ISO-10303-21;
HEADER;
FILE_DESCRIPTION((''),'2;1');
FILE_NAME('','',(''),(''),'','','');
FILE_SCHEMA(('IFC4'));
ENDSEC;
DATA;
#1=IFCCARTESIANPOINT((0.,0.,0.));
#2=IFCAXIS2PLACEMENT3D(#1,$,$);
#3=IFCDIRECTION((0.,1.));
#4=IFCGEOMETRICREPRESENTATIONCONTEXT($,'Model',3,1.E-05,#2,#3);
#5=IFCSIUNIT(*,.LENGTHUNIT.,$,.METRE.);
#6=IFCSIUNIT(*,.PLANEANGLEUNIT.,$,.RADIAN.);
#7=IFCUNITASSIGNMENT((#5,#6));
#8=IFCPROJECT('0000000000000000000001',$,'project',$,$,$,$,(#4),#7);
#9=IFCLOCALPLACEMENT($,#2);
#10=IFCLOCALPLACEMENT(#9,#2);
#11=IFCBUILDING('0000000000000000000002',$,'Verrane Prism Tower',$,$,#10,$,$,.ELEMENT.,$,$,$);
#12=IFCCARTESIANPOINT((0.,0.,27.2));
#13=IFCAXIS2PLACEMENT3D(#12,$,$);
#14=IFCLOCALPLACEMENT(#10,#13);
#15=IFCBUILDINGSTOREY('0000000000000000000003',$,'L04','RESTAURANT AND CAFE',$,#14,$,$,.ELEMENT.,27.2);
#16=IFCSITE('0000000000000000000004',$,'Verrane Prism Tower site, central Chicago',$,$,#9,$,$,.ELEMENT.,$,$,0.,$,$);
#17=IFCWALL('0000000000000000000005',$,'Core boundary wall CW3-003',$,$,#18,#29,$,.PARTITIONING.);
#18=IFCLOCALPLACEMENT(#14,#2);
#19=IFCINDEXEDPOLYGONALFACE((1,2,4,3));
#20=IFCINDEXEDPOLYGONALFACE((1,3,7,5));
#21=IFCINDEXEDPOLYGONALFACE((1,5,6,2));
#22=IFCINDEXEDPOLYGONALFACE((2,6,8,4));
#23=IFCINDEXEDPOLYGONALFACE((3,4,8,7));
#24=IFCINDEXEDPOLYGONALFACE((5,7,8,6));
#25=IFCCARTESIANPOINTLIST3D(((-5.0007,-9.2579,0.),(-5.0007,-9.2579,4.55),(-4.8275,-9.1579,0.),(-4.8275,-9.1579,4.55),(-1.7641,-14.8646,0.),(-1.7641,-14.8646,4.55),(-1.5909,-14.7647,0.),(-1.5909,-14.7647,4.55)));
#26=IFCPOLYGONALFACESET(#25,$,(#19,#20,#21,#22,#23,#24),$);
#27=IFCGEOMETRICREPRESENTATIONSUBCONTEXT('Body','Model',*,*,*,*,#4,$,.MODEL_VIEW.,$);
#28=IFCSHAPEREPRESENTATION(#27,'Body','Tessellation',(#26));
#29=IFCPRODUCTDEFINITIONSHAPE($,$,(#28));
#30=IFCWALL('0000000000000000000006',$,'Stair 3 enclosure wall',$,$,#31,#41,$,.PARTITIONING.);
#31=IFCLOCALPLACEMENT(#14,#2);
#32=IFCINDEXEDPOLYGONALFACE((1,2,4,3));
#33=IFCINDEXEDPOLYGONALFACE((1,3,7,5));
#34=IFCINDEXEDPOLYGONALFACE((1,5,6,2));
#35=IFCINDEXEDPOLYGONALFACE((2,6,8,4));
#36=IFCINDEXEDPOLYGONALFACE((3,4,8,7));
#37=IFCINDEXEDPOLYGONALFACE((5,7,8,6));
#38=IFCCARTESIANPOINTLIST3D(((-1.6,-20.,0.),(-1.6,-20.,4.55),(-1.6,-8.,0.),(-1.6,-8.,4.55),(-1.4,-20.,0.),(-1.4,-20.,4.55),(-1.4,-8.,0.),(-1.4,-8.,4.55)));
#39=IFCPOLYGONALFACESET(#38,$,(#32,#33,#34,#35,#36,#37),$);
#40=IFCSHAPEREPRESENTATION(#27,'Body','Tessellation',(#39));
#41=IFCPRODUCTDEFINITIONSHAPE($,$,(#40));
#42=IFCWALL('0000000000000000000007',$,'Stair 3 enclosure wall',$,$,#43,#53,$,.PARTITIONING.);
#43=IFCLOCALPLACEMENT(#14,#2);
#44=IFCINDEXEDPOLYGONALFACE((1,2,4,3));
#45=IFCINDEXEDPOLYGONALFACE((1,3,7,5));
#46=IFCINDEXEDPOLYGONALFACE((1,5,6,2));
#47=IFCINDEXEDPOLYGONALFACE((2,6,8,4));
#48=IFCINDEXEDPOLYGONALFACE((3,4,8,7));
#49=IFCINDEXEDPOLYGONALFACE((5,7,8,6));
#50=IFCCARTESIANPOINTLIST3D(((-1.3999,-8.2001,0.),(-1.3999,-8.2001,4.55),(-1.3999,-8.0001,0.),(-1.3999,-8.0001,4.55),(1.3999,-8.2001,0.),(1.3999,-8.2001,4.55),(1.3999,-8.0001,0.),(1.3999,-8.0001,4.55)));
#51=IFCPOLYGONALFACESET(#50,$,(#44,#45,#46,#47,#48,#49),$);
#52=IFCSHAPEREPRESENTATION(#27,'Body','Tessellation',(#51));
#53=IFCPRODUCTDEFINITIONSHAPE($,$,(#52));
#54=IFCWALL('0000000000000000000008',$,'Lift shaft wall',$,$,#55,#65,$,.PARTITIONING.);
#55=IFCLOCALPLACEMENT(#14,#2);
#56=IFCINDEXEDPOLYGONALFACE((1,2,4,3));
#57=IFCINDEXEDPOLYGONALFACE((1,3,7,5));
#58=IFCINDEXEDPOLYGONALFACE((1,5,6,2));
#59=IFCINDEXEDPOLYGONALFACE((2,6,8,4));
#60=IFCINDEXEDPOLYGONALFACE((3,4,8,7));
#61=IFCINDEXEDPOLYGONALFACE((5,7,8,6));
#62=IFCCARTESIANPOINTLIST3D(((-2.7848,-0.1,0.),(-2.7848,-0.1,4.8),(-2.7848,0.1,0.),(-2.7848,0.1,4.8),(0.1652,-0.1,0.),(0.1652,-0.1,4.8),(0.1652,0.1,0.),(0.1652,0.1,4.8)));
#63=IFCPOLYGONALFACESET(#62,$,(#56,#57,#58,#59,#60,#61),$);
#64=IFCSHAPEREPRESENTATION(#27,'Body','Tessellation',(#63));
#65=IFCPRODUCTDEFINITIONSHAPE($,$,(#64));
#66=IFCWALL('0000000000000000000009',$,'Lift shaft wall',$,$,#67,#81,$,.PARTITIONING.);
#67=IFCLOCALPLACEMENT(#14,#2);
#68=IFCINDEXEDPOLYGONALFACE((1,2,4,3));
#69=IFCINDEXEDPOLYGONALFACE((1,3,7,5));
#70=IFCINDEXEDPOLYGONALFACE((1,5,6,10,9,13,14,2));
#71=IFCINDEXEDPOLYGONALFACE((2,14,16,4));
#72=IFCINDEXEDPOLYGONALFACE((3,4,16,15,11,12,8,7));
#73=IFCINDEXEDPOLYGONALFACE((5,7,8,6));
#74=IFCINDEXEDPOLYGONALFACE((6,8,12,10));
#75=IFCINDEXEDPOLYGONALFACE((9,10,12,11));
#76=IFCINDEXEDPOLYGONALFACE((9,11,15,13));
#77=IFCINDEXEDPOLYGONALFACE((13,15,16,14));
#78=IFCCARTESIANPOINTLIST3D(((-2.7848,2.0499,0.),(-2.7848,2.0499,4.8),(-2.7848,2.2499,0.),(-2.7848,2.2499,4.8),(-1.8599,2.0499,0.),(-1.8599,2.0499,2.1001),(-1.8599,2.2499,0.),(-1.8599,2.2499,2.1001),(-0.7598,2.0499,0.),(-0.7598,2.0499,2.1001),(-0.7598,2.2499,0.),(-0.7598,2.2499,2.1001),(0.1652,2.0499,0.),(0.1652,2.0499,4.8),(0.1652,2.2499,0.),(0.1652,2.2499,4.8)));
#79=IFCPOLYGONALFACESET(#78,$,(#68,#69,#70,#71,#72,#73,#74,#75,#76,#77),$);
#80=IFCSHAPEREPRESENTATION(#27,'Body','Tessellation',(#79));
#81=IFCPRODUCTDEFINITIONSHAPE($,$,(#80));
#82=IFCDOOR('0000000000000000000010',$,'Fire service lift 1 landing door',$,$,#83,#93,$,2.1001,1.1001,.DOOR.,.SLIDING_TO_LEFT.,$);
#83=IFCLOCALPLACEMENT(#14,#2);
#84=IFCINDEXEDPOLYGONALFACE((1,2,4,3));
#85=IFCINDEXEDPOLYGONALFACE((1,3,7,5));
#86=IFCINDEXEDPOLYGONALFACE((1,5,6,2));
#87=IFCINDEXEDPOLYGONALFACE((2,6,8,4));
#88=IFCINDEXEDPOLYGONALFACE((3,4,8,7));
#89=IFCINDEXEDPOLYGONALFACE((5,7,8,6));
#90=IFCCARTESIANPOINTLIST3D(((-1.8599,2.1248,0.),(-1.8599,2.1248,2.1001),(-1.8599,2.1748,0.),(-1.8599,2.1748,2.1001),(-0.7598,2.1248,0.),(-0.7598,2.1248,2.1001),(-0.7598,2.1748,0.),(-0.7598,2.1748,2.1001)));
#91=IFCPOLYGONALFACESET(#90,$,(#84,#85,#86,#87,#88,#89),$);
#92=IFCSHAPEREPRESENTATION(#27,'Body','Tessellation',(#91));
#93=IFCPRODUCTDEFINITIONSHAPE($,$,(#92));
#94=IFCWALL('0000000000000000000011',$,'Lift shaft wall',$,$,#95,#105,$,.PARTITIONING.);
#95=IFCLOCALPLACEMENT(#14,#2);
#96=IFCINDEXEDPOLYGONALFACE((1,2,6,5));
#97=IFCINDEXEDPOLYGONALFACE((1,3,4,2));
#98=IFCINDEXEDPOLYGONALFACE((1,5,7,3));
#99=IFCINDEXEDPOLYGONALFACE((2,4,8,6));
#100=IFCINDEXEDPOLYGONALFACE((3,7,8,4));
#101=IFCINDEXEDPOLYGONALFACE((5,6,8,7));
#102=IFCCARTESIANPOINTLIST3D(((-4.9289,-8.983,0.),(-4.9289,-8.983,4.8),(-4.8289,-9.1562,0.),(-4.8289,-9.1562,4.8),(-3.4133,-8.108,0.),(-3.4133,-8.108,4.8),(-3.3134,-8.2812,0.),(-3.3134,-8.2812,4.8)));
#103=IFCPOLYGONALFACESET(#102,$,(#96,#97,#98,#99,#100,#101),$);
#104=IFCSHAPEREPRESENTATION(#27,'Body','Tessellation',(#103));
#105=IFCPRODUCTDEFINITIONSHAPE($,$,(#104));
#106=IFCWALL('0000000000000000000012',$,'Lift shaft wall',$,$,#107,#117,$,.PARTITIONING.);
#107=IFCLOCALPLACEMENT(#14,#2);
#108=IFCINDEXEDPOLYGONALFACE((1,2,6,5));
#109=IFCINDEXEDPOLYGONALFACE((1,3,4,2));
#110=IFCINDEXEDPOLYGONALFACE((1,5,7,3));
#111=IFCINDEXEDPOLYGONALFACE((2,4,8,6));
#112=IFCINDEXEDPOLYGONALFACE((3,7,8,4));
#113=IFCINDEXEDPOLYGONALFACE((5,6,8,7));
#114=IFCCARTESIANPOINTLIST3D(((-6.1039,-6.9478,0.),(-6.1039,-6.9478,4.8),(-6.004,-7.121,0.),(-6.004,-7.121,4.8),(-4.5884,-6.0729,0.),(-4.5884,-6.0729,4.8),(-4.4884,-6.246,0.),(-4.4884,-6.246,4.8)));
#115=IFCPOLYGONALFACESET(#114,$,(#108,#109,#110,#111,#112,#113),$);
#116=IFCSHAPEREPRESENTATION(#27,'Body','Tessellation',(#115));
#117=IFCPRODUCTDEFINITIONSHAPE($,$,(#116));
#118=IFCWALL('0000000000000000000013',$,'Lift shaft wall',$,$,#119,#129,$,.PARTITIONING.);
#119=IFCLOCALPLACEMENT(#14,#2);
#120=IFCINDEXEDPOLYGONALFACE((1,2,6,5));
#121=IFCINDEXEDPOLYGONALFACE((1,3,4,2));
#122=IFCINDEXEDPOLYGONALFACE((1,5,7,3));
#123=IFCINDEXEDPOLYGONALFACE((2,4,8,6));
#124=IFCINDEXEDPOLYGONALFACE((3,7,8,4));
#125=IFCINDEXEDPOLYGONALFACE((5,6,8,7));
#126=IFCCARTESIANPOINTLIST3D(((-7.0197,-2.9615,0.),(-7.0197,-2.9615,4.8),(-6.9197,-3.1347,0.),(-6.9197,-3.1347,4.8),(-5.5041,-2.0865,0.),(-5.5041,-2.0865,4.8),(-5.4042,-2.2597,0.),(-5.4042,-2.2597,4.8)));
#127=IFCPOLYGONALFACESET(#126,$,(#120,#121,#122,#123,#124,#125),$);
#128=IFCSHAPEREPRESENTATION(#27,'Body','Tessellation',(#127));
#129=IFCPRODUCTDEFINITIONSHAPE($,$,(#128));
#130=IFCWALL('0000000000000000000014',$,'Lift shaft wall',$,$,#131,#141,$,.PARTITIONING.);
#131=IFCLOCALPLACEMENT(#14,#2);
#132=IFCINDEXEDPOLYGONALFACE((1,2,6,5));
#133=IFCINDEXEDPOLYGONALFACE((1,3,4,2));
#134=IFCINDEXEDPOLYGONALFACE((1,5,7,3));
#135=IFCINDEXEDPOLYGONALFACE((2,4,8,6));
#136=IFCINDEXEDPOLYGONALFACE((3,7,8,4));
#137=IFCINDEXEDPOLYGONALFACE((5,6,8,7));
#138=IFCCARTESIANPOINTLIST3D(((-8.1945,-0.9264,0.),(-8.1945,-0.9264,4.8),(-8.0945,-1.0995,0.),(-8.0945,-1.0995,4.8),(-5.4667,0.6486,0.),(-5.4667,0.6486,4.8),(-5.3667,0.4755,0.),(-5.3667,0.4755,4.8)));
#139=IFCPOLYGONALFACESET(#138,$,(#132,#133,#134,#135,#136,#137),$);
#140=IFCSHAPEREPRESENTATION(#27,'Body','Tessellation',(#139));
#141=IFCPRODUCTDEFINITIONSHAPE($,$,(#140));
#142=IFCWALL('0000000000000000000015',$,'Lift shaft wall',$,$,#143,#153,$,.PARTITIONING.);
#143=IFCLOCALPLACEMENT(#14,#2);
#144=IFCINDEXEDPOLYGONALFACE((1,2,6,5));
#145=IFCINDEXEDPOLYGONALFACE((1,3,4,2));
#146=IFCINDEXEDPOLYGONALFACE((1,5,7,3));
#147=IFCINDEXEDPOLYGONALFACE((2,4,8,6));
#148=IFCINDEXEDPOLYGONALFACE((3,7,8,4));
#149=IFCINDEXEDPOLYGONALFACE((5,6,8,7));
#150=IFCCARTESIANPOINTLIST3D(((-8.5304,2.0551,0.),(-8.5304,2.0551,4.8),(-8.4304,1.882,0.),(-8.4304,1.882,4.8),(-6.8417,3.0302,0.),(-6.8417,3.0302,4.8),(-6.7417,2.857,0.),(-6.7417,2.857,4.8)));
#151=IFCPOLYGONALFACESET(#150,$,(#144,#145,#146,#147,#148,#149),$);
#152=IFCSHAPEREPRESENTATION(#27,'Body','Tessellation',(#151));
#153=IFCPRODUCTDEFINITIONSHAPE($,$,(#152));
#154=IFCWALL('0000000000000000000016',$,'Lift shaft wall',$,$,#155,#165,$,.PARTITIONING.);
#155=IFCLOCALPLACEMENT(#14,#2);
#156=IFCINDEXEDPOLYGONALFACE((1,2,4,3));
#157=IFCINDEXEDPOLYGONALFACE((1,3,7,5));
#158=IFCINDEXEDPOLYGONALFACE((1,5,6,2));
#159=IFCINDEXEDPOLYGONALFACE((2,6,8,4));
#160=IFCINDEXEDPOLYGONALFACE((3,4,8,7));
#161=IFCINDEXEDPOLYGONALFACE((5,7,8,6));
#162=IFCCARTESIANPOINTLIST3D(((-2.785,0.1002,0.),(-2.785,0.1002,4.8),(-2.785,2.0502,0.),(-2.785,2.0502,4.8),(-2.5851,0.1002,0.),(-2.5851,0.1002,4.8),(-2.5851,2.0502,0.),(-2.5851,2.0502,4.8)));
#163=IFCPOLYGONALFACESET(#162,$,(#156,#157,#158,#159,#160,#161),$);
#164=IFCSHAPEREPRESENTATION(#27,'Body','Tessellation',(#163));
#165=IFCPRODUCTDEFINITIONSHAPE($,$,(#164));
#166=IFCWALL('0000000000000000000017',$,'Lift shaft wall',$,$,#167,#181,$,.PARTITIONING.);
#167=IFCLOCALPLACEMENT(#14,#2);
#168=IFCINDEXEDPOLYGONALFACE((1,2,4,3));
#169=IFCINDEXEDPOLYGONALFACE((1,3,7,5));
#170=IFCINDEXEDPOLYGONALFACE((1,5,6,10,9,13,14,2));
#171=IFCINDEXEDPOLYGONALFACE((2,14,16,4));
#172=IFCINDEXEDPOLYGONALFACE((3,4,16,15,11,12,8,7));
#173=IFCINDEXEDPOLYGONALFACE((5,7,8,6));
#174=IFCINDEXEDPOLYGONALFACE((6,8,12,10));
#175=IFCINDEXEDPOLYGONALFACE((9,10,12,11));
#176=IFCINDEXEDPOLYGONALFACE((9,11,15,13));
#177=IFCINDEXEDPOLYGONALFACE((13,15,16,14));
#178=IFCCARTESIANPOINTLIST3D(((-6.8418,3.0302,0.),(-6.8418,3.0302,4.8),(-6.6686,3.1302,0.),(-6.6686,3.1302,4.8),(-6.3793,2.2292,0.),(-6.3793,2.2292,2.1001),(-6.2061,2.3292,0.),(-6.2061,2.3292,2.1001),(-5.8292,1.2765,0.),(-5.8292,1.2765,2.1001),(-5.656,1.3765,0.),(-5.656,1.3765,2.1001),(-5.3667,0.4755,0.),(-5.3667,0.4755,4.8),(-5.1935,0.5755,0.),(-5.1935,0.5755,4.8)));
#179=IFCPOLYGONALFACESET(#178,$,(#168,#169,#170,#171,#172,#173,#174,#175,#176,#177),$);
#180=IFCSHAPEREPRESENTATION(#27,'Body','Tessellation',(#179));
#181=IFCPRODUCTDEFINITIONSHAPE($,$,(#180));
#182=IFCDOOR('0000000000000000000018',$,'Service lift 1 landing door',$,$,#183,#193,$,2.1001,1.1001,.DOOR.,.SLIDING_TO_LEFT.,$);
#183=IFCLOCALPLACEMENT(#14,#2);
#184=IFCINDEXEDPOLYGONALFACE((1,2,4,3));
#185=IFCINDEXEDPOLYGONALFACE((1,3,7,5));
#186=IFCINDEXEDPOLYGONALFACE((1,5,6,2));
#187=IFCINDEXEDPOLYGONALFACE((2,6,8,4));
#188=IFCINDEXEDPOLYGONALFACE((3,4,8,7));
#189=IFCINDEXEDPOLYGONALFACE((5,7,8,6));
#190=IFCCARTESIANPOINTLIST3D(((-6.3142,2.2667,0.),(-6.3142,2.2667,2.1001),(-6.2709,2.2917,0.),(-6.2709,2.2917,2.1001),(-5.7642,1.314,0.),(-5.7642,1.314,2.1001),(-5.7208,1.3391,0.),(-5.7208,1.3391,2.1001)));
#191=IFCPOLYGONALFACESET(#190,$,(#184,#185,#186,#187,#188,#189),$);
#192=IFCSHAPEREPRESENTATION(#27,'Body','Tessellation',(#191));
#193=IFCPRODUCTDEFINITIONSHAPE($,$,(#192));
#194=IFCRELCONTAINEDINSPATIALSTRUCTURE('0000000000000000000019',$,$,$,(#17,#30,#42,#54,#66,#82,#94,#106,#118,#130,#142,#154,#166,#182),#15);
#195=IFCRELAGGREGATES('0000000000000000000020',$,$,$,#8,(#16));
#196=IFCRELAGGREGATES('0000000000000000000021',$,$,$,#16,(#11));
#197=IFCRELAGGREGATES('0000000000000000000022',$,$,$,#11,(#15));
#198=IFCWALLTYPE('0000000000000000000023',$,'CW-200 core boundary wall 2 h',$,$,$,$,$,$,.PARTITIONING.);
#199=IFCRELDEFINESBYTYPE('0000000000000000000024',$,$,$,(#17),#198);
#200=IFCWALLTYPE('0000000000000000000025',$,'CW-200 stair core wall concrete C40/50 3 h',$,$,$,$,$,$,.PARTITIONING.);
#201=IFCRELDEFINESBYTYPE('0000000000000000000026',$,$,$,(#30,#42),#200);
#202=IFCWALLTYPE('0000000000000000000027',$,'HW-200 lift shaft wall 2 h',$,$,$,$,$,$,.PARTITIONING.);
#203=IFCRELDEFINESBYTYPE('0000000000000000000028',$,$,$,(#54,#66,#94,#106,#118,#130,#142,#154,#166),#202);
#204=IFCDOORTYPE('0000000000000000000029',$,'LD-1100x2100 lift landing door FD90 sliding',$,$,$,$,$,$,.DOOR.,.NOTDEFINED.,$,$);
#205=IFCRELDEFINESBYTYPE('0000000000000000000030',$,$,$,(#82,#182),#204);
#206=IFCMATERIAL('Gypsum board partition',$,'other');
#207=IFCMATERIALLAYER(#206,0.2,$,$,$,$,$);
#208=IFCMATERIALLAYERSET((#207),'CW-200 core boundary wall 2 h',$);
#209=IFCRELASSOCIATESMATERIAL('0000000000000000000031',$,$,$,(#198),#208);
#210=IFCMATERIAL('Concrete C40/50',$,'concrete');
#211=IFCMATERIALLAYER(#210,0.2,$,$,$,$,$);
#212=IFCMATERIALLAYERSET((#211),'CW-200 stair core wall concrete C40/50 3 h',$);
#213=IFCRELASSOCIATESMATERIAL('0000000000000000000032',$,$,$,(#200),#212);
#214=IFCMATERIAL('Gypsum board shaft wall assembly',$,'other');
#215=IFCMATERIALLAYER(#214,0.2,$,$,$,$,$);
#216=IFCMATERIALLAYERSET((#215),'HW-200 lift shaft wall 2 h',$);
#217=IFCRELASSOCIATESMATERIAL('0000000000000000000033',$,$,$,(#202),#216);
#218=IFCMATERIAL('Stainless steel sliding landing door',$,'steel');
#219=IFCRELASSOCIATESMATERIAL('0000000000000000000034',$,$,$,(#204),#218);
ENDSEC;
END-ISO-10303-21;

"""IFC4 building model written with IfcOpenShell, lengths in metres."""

from ifc_helpers import new_model, si_unit, direction, frame, frame_2d, origin, place, context, subcontext, project, spatial, rectangle, extrude, material, layer, layer_set, type_object, element, fill, save


model = new_model("IFC4")

# Units and contexts
model_context = context("Model", 3, precision=1e-05, world=origin(), true_north=direction((0.0, 1.0)))
body_context = subcontext(model_context, "Body", "Model", "MODEL_VIEW")
ifc_project = project(units=[si_unit("LENGTHUNIT", "METRE"), si_unit("PLANEANGLEUNIT", "RADIAN")], contexts=[model_context])

# Site, building, storey
site_placement = place(None, origin())
site = spatial("IfcSite", under=ifc_project, at=site_placement, Name="Verrane Prism Tower site, central Chicago", CompositionType="ELEMENT", RefElevation=0.0)
building_placement = place(site_placement, origin())
building = spatial("IfcBuilding", under=site, at=building_placement, Name="Verrane Prism Tower", CompositionType="ELEMENT")
storey_placement = place(building_placement, frame((0.0, 0.0, 27.2)))
storey = spatial("IfcBuildingStorey", under=building, at=storey_placement, Name="L04", Description="RESTAURANT AND CAFE", CompositionType="ELEMENT", Elevation=27.2)

# Walls
ifc_material_1 = material(Name="Gypsum board partition", Category="other")
ifc_layer_1 = layer(ifc_material_1, 0.2)
ifc_layer_set_1 = layer_set([ifc_layer_1], Name="CW-200 core boundary wall 2 h")
wall_type_1 = type_object("IfcWallType", Name="CW-200 core boundary wall 2 h", PredefinedType="PARTITIONING", material=ifc_layer_set_1)
wall_1_placement = place(storey_placement, frame((-4.9141, -9.208, 0.0), z_axis=(0.0, 0.0, 1.0), x_axis=(0.499948, -0.866056, 0.0)))
element("IfcWall", 1, at=wall_1_placement, inside=storey, type_object=wall_type_1, Name="Core boundary wall CW3-003", PredefinedType="PARTITIONING", context=body_context, shape_type="SweptSolid", body=[
    extrude(rectangle(XDim=6.4739, YDim=0.2, at=frame_2d((3.2368, 0.0))), origin(), (0.0, 0.0, 1.0), 4.55),
])
ifc_material_2 = material(Name="Concrete C40/50", Category="concrete")
ifc_layer_2 = layer(ifc_material_2, 0.2)
ifc_layer_set_2 = layer_set([ifc_layer_2], Name="CW-200 stair core wall concrete C40/50 3 h")
wall_type_2 = type_object("IfcWallType", Name="CW-200 stair core wall concrete C40/50 3 h", PredefinedType="PARTITIONING", material=ifc_layer_set_2)
wall_2_placement = place(storey_placement, frame((-1.5, -8.0, 0.0), z_axis=(0.0, 0.0, 1.0), x_axis=(0.0, -1.0, 0.0)))
element("IfcWall", 2, at=wall_2_placement, inside=storey, type_object=wall_type_2, Name="Stair 3 enclosure wall", PredefinedType="PARTITIONING", context=body_context, shape_type="SweptSolid", body=[
    extrude(rectangle(XDim=12.0, YDim=0.2, at=frame_2d((6.0, 0.0))), origin(), (0.0, 0.0, 1.0), 4.55),
])
wall_3_placement = place(storey_placement, frame((-1.3999, -8.1001, 0.0), z_axis=(0.0, 0.0, 1.0), x_axis=(1.0, 0.0, 0.0)))
element("IfcWall", 3, at=wall_3_placement, inside=storey, type_object=wall_type_2, Name="Stair 3 enclosure wall", PredefinedType="PARTITIONING", context=body_context, shape_type="SweptSolid", body=[
    extrude(rectangle(XDim=2.7998, YDim=0.2, at=frame_2d((1.3999, 0.0))), origin(), (0.0, 0.0, 1.0), 4.55),
])
ifc_material_3 = material(Name="Gypsum board shaft wall assembly", Category="other")
ifc_layer_3 = layer(ifc_material_3, 0.2)
ifc_layer_set_3 = layer_set([ifc_layer_3], Name="HW-200 lift shaft wall 2 h")
wall_type_3 = type_object("IfcWallType", Name="HW-200 lift shaft wall 2 h", PredefinedType="PARTITIONING", material=ifc_layer_set_3)
wall_4_placement = place(storey_placement, frame((-2.7849, 0.0, 0.0), z_axis=(0.0, 0.0, 1.0), x_axis=(1.0, 0.0, 0.0)))
element("IfcWall", 4, at=wall_4_placement, inside=storey, type_object=wall_type_3, Name="Lift shaft wall", PredefinedType="PARTITIONING", context=body_context, shape_type="SweptSolid", body=[
    extrude(rectangle(XDim=2.95, YDim=0.2, at=frame_2d((1.4751, 0.0))), origin(), (0.0, 0.0, 1.0), 4.8),
])

# Wall, opening, door
wall_5_placement = place(storey_placement, frame((-2.7849, 2.1499, 0.0), z_axis=(0.0, 0.0, 1.0), x_axis=(1.0, 0.0, 0.0)))
wall_5 = element("IfcWall", 5, at=wall_5_placement, inside=storey, type_object=wall_type_3, Name="Lift shaft wall", PredefinedType="PARTITIONING", context=body_context, shape_type="SweptSolid", body=[
    extrude(rectangle(XDim=2.95, YDim=0.2, at=frame_2d((1.4751, 0.0))), origin(), (0.0, 0.0, 1.0), 4.8),
])
opening_1_placement = place(wall_5_placement, frame((0.925, 0.0, 0.0)))
opening_1 = element("IfcOpeningElement", 6, at=opening_1_placement, cuts=wall_5, PredefinedType="OPENING", context=body_context, shape_type="SweptSolid", body=[
    extrude(rectangle(XDim=1.1001, YDim=2.1001, at=frame_2d((0.55, 1.05))), frame((0.0, 0.1099, 0.0), z_axis=(0.0, -1.0, 0.0), x_axis=(1.0, 0.0, 0.0)), (0.0, 0.0, 1.0), 0.22),
])
ifc_material_4 = material(Name="Stainless steel sliding landing door", Category="steel")
door_type = type_object("IfcDoorType", Name="LD-1100x2100 lift landing door FD90 sliding", OperationType="NOTDEFINED", PredefinedType="DOOR", material=ifc_material_4)
door_1_placement = place(opening_1_placement, origin())
door_1 = element("IfcDoor", 7, at=door_1_placement, inside=storey, type_object=door_type, Name="Fire service lift 1 landing door", OperationType="SLIDING_TO_LEFT", OverallHeight=2.1001, OverallWidth=1.1001, PredefinedType="DOOR", context=body_context, shape_type="SweptSolid", body=[
    extrude(rectangle(XDim=1.1001, YDim=2.1001, at=frame_2d((0.55, 1.05))), frame((0.0, 0.0249, 0.0), z_axis=(0.0, -1.0, 0.0), x_axis=(1.0, 0.0, 0.0)), (0.0, 0.0, 1.0), 0.05),
])
fill(opening_1, door_1)

# Walls
for number, where, z_axis, x_axis, name in (
    (8, (-4.8789, -9.0696, 0.0), (0.0, 0.0, 1.0), (0.866037, 0.49998, 0.0), "Lift shaft wall"),
    (9, (-6.054, -7.0344, 0.0), (0.0, 0.0, 1.0), (0.866037, 0.49998, 0.0), "Lift shaft wall"),
    (10, (-6.9697, -3.0481, 0.0), (0.0, 0.0, 1.0), (0.866037, 0.49998, 0.0), "Lift shaft wall"),
):
    element("IfcWall", number, at=place(storey_placement, frame(where, z_axis=z_axis, x_axis=x_axis)), inside=storey, type_object=wall_type_3, Name=name, PredefinedType="PARTITIONING", context=body_context, shape_type="SweptSolid", body=[
        extrude(rectangle(XDim=1.75, YDim=0.2, at=frame_2d((0.875, 0.0))), origin(), (0.0, 0.0, 1.0), 4.8),
    ])
wall_6_placement = place(storey_placement, frame((-8.1445, -1.0129, 0.0), z_axis=(0.0, 0.0, 1.0), x_axis=(0.866016, 0.500015, 0.0)))
element("IfcWall", 11, at=wall_6_placement, inside=storey, type_object=wall_type_3, Name="Lift shaft wall", PredefinedType="PARTITIONING", context=body_context, shape_type="SweptSolid", body=[
    extrude(rectangle(XDim=3.1499, YDim=0.2, at=frame_2d((1.575, 0.0))), origin(), (0.0, 0.0, 1.0), 4.8),
])
for number, where, z_axis, x_axis, name in (
    (12, (-8.4805, 1.9685, 0.0), (0.0, 0.0, 1.0), (0.866, 0.500044, 0.0), "Lift shaft wall"),
    (13, (-2.6851, 0.1001, 0.0), (0.0, 0.0, 1.0), (0.0, 1.0, 0.0), "Lift shaft wall"),
):
    element("IfcWall", number, at=place(storey_placement, frame(where, z_axis=z_axis, x_axis=x_axis)), inside=storey, type_object=wall_type_3, Name=name, PredefinedType="PARTITIONING", context=body_context, shape_type="SweptSolid", body=[
        extrude(rectangle(XDim=1.95, YDim=0.2, at=frame_2d((0.9751, 0.0))), origin(), (0.0, 0.0, 1.0), 4.8),
    ])

# Wall, opening, door
wall_7_placement = place(storey_placement, frame((-5.28, 0.5254, 0.0), z_axis=(0.0, 0.0, 1.0), x_axis=(-0.500038, 0.866004, 0.0)))
wall_7 = element("IfcWall", 14, at=wall_7_placement, inside=storey, type_object=wall_type_3, Name="Lift shaft wall", PredefinedType="PARTITIONING", context=body_context, shape_type="SweptSolid", body=[
    extrude(rectangle(XDim=2.95, YDim=0.2, at=frame_2d((1.4751, 0.0))), origin(), (0.0, 0.0, 1.0), 4.8),
])
opening_2_placement = place(wall_7_placement, frame((0.925, 0.0, 0.0)))
opening_2 = element("IfcOpeningElement", 15, at=opening_2_placement, cuts=wall_7, PredefinedType="OPENING", context=body_context, shape_type="SweptSolid", body=[
    extrude(rectangle(XDim=1.1001, YDim=2.1001, at=frame_2d((0.55, 1.05))), frame((0.0, 0.1099, 0.0), z_axis=(0.0, -1.0, 0.0), x_axis=(1.0, 0.0, 0.0)), (0.0, 0.0, 1.0), 0.22),
])
door_2_placement = place(opening_2_placement, origin())
door_2 = element("IfcDoor", 16, at=door_2_placement, inside=storey, type_object=door_type, Name="Service lift 1 landing door", OperationType="SLIDING_TO_LEFT", OverallHeight=2.1001, OverallWidth=1.1001, PredefinedType="DOOR", context=body_context, shape_type="SweptSolid", body=[
    extrude(rectangle(XDim=1.1001, YDim=2.1001, at=frame_2d((0.55, 1.05))), frame((0.0, 0.0249, 0.0), z_axis=(0.0, -1.0, 0.0), x_axis=(1.0, 0.0, 0.0)), (0.0, 0.0, 1.0), 0.05),
])
fill(opening_2, door_2)

save(model, "model.ifc")
